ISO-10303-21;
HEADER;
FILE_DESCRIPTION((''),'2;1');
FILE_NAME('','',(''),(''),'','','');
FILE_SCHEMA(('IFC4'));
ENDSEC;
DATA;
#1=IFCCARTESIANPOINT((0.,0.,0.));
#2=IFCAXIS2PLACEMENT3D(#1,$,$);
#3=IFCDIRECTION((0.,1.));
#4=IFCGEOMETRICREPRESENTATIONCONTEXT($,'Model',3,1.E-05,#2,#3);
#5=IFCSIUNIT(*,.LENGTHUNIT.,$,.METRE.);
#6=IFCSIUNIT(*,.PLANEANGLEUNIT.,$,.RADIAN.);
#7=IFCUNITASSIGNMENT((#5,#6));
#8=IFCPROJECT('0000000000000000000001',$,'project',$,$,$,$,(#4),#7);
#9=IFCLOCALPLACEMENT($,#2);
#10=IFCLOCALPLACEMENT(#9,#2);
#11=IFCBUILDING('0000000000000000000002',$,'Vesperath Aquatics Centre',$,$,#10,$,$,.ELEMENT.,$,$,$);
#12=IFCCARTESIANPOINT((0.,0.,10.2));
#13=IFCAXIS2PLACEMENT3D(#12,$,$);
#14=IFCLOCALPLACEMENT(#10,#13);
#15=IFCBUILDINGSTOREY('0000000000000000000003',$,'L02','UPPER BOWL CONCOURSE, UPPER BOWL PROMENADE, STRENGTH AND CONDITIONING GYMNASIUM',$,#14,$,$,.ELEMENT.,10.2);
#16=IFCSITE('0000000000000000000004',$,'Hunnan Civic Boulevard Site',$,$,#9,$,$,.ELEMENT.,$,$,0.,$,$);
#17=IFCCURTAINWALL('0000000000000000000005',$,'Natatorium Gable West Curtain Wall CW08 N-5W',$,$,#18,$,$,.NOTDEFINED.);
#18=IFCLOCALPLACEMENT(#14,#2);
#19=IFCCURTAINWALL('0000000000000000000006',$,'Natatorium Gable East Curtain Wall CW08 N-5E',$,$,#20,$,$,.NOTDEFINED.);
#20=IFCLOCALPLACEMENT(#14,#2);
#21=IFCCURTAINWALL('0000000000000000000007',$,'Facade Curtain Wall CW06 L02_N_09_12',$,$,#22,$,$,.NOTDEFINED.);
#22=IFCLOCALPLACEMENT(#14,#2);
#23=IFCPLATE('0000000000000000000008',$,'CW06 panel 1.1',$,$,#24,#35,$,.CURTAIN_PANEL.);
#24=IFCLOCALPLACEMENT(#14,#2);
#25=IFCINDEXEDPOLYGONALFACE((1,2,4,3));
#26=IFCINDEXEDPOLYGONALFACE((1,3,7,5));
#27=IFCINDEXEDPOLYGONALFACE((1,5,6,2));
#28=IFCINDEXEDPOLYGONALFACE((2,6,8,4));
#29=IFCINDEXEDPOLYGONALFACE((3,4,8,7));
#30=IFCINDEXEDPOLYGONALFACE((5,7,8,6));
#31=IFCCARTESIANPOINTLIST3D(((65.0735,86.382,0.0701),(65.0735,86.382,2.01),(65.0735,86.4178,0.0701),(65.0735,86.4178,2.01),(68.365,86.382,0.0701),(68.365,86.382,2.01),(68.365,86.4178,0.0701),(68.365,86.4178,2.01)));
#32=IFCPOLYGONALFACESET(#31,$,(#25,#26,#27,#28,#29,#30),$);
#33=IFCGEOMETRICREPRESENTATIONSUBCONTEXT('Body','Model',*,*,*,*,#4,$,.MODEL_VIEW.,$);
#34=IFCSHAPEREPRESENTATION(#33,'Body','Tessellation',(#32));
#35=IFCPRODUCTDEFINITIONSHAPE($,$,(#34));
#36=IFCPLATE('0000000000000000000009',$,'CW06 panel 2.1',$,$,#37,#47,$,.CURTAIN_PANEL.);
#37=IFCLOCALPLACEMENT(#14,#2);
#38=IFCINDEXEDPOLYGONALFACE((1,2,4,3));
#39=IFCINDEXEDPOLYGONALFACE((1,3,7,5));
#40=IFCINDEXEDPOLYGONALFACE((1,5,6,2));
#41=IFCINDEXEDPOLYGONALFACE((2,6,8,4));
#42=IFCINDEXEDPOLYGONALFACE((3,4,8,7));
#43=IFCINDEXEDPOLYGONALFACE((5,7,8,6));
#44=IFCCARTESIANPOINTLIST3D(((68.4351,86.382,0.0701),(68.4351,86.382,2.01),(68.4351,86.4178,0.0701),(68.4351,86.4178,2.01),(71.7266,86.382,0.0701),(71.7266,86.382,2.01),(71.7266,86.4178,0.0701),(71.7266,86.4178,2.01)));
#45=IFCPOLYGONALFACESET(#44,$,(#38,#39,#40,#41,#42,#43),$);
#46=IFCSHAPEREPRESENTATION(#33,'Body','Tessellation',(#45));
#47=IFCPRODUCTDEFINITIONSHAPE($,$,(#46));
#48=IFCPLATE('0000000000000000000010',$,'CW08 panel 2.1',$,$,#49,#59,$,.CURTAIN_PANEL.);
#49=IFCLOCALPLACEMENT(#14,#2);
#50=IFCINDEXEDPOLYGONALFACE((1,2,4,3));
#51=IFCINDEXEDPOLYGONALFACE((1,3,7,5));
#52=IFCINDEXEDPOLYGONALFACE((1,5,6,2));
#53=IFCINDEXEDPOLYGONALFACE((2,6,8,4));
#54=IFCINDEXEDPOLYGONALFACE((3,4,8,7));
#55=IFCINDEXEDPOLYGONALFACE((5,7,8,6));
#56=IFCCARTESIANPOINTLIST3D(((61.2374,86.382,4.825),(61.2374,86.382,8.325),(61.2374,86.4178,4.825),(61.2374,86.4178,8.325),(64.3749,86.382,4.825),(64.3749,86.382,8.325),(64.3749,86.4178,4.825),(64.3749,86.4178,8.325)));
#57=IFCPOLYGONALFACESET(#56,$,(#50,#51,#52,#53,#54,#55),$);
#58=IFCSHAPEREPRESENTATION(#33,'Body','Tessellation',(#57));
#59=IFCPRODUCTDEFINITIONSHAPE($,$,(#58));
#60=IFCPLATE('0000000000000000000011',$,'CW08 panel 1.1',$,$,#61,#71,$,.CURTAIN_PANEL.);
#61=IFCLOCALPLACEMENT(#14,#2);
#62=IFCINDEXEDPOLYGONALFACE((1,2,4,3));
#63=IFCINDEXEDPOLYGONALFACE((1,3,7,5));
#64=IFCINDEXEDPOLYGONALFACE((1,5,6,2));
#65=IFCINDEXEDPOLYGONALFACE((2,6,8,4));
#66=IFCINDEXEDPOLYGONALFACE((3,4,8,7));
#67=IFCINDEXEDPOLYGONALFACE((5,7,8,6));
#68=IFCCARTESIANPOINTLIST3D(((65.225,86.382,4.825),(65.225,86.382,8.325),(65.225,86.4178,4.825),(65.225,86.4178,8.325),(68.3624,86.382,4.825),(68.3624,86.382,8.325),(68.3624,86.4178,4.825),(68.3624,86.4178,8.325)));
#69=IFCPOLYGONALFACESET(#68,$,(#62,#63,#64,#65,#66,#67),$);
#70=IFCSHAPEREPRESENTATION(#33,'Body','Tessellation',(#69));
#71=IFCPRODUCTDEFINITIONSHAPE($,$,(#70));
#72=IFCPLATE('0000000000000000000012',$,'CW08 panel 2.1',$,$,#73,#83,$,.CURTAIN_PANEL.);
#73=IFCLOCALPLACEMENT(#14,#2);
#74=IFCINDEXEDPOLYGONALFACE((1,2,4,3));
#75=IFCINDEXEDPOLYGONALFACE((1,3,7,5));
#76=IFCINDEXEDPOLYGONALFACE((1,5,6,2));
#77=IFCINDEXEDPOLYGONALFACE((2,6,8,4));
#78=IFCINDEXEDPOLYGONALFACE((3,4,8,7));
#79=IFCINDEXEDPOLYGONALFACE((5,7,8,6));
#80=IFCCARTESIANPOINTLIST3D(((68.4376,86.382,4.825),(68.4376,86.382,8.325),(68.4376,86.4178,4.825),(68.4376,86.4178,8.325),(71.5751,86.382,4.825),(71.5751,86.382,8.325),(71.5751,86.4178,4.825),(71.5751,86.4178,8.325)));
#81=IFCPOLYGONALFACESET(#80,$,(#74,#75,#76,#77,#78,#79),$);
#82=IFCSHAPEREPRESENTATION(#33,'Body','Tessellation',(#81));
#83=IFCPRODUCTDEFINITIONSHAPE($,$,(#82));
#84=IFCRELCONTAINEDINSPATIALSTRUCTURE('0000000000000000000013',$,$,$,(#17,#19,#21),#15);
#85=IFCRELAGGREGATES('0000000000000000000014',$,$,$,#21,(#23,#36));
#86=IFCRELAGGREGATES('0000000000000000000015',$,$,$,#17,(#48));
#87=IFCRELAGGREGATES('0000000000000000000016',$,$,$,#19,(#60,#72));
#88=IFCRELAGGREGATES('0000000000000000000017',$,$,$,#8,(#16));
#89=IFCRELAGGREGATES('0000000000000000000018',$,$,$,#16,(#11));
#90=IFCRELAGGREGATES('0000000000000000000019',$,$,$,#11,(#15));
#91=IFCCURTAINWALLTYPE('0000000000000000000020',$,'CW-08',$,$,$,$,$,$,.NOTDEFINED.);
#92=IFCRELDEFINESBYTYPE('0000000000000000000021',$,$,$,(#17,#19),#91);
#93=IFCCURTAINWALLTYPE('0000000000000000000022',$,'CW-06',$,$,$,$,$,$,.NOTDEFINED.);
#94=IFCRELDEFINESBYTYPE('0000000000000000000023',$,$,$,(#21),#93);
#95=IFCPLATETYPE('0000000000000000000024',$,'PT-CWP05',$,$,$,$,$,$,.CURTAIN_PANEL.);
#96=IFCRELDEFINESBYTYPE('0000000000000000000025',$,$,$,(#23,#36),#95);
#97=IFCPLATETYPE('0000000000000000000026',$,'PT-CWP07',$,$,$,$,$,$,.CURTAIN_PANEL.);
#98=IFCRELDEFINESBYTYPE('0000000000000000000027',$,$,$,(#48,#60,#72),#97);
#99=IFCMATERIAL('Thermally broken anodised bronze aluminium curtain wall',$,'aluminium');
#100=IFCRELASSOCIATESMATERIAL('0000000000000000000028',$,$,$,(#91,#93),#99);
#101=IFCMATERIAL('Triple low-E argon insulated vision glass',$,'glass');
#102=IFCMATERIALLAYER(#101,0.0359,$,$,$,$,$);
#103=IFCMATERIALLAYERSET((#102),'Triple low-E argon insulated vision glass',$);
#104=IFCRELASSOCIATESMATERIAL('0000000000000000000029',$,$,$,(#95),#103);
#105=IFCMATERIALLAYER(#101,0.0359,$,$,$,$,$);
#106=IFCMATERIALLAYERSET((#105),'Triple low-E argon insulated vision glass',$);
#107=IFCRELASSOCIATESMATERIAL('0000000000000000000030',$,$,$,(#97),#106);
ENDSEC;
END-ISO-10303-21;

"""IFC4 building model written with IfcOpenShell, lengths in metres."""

from ifc_helpers import new_model, si_unit, direction, frame, origin, origin_2d, place, context, subcontext, project, spatial, rectangle, extrude, material, layer, layer_set, type_object, element, aggregate, save


model = new_model("IFC4")

# Units and contexts
model_context = context("Model", 3, precision=1e-05, world=origin(), true_north=direction((0.0, 1.0)))
body_context = subcontext(model_context, "Body", "Model", "MODEL_VIEW")
ifc_project = project(units=[si_unit("LENGTHUNIT", "METRE"), si_unit("PLANEANGLEUNIT", "RADIAN")], contexts=[model_context])

# Site, building, storey
site_placement = place(None, origin())
site = spatial("IfcSite", under=ifc_project, at=site_placement, Name="Hunnan Civic Boulevard Site", CompositionType="ELEMENT", RefElevation=0.0)
building_placement = place(site_placement, origin())
building = spatial("IfcBuilding", under=site, at=building_placement, Name="Vesperath Aquatics Centre", CompositionType="ELEMENT")
storey_placement = place(building_placement, frame((0.0, 0.0, 10.2)))
storey = spatial("IfcBuildingStorey", under=building, at=storey_placement, Name="L02", Description="UPPER BOWL CONCOURSE, UPPER BOWL PROMENADE, STRENGTH AND CONDITIONING GYMNASIUM", CompositionType="ELEMENT", Elevation=10.2)

# Curtain wall
ifc_material_1 = material(Name="Thermally broken anodised bronze aluminium curtain wall", Category="aluminium")
curtain_wall_type_1 = type_object("IfcCurtainWallType", Name="CW-08", PredefinedType="NOTDEFINED", material=ifc_material_1)
curtain_wall_1_placement = place(storey_placement, origin())
curtain_wall_1 = element("IfcCurtainWall", 1, at=curtain_wall_1_placement, inside=storey, type_object=curtain_wall_type_1, Name="Natatorium Gable West Curtain Wall CW08 N-5W", PredefinedType="NOTDEFINED")

# Curtain wall
curtain_wall_2_placement = place(storey_placement, origin())
curtain_wall_2 = element("IfcCurtainWall", 2, at=curtain_wall_2_placement, inside=storey, type_object=curtain_wall_type_1, Name="Natatorium Gable East Curtain Wall CW08 N-5E", PredefinedType="NOTDEFINED")

# Shared definitions
curtain_wall_type_2 = type_object("IfcCurtainWallType", Name="CW-06", PredefinedType="NOTDEFINED", material=ifc_material_1)

# Curtain wall
curtain_wall_3_placement = place(storey_placement, origin())
curtain_wall_3 = element("IfcCurtainWall", 3, at=curtain_wall_3_placement, inside=storey, type_object=curtain_wall_type_2, Name="Facade Curtain Wall CW06 L02_N_09_12", PredefinedType="NOTDEFINED")

# Plates
ifc_material_2 = material(Name="Triple low-E argon insulated vision glass", Category="glass")
ifc_layer_1 = layer(ifc_material_2, 0.0359)
ifc_layer_set_1 = layer_set([ifc_layer_1], Name="Triple low-E argon insulated vision glass")
plate_type_1 = type_object("IfcPlateType", Name="PT-CWP05", PredefinedType="CURTAIN_PANEL", material=ifc_layer_set_1)
plate_1_placement = place(storey_placement, frame((66.7192, 86.3999, 0.0701), z_axis=(0.0, 0.0, 1.0), x_axis=(1.0, 0.0, 0.0)))
plate_1 = element("IfcPlate", 4, at=plate_1_placement, type_object=plate_type_1, Name="CW06 panel 1.1", PredefinedType="CURTAIN_PANEL", context=body_context, shape_type="SweptSolid", body=[
    extrude(rectangle(XDim=3.2915, YDim=0.0359, at=origin_2d()), origin(), (0.0, 0.0, 1.0), 1.9399),
])
plate_2_placement = place(storey_placement, frame((70.0808, 86.3999, 0.0701), z_axis=(0.0, 0.0, 1.0), x_axis=(1.0, 0.0, 0.0)))
plate_2 = element("IfcPlate", 5, at=plate_2_placement, type_object=plate_type_1, Name="CW06 panel 2.1", PredefinedType="CURTAIN_PANEL", context=body_context, shape_type="SweptSolid", body=[
    extrude(rectangle(XDim=3.2915, YDim=0.0359, at=origin_2d()), origin(), (0.0, 0.0, 1.0), 1.9399),
])
aggregate(curtain_wall_3, [plate_1, plate_2])
ifc_layer_2 = layer(ifc_material_2, 0.0359)
ifc_layer_set_2 = layer_set([ifc_layer_2], Name="Triple low-E argon insulated vision glass")
plate_type_2 = type_object("IfcPlateType", Name="PT-CWP07", PredefinedType="CURTAIN_PANEL", material=ifc_layer_set_2)
plate_3_placement = place(storey_placement, frame((62.8062, 86.3999, 4.825), z_axis=(0.0, 0.0, 1.0), x_axis=(1.0, 0.0, 0.0)))
plate_3 = element("IfcPlate", 6, at=plate_3_placement, type_object=plate_type_2, Name="CW08 panel 2.1", PredefinedType="CURTAIN_PANEL", context=body_context, shape_type="SweptSolid", body=[
    extrude(rectangle(XDim=3.1375, YDim=0.0359, at=origin_2d()), origin(), (0.0, 0.0, 1.0), 3.5),
])
aggregate(curtain_wall_1, [plate_3])
plate_4_placement = place(storey_placement, frame((66.7937, 86.3999, 4.825), z_axis=(0.0, 0.0, 1.0), x_axis=(1.0, 0.0, 0.0)))
plate_4 = element("IfcPlate", 7, at=plate_4_placement, type_object=plate_type_2, Name="CW08 panel 1.1", PredefinedType="CURTAIN_PANEL", context=body_context, shape_type="SweptSolid", body=[
    extrude(rectangle(XDim=3.1375, YDim=0.0359, at=origin_2d()), origin(), (0.0, 0.0, 1.0), 3.5),
])
plate_5_placement = place(storey_placement, frame((70.0063, 86.3999, 4.825), z_axis=(0.0, 0.0, 1.0), x_axis=(1.0, 0.0, 0.0)))
plate_5 = element("IfcPlate", 8, at=plate_5_placement, type_object=plate_type_2, Name="CW08 panel 2.1", PredefinedType="CURTAIN_PANEL", context=body_context, shape_type="SweptSolid", body=[
    extrude(rectangle(XDim=3.1375, YDim=0.0359, at=origin_2d()), origin(), (0.0, 0.0, 1.0), 3.5),
])
aggregate(curtain_wall_2, [plate_4, plate_5])

save(model, "model.ifc")
